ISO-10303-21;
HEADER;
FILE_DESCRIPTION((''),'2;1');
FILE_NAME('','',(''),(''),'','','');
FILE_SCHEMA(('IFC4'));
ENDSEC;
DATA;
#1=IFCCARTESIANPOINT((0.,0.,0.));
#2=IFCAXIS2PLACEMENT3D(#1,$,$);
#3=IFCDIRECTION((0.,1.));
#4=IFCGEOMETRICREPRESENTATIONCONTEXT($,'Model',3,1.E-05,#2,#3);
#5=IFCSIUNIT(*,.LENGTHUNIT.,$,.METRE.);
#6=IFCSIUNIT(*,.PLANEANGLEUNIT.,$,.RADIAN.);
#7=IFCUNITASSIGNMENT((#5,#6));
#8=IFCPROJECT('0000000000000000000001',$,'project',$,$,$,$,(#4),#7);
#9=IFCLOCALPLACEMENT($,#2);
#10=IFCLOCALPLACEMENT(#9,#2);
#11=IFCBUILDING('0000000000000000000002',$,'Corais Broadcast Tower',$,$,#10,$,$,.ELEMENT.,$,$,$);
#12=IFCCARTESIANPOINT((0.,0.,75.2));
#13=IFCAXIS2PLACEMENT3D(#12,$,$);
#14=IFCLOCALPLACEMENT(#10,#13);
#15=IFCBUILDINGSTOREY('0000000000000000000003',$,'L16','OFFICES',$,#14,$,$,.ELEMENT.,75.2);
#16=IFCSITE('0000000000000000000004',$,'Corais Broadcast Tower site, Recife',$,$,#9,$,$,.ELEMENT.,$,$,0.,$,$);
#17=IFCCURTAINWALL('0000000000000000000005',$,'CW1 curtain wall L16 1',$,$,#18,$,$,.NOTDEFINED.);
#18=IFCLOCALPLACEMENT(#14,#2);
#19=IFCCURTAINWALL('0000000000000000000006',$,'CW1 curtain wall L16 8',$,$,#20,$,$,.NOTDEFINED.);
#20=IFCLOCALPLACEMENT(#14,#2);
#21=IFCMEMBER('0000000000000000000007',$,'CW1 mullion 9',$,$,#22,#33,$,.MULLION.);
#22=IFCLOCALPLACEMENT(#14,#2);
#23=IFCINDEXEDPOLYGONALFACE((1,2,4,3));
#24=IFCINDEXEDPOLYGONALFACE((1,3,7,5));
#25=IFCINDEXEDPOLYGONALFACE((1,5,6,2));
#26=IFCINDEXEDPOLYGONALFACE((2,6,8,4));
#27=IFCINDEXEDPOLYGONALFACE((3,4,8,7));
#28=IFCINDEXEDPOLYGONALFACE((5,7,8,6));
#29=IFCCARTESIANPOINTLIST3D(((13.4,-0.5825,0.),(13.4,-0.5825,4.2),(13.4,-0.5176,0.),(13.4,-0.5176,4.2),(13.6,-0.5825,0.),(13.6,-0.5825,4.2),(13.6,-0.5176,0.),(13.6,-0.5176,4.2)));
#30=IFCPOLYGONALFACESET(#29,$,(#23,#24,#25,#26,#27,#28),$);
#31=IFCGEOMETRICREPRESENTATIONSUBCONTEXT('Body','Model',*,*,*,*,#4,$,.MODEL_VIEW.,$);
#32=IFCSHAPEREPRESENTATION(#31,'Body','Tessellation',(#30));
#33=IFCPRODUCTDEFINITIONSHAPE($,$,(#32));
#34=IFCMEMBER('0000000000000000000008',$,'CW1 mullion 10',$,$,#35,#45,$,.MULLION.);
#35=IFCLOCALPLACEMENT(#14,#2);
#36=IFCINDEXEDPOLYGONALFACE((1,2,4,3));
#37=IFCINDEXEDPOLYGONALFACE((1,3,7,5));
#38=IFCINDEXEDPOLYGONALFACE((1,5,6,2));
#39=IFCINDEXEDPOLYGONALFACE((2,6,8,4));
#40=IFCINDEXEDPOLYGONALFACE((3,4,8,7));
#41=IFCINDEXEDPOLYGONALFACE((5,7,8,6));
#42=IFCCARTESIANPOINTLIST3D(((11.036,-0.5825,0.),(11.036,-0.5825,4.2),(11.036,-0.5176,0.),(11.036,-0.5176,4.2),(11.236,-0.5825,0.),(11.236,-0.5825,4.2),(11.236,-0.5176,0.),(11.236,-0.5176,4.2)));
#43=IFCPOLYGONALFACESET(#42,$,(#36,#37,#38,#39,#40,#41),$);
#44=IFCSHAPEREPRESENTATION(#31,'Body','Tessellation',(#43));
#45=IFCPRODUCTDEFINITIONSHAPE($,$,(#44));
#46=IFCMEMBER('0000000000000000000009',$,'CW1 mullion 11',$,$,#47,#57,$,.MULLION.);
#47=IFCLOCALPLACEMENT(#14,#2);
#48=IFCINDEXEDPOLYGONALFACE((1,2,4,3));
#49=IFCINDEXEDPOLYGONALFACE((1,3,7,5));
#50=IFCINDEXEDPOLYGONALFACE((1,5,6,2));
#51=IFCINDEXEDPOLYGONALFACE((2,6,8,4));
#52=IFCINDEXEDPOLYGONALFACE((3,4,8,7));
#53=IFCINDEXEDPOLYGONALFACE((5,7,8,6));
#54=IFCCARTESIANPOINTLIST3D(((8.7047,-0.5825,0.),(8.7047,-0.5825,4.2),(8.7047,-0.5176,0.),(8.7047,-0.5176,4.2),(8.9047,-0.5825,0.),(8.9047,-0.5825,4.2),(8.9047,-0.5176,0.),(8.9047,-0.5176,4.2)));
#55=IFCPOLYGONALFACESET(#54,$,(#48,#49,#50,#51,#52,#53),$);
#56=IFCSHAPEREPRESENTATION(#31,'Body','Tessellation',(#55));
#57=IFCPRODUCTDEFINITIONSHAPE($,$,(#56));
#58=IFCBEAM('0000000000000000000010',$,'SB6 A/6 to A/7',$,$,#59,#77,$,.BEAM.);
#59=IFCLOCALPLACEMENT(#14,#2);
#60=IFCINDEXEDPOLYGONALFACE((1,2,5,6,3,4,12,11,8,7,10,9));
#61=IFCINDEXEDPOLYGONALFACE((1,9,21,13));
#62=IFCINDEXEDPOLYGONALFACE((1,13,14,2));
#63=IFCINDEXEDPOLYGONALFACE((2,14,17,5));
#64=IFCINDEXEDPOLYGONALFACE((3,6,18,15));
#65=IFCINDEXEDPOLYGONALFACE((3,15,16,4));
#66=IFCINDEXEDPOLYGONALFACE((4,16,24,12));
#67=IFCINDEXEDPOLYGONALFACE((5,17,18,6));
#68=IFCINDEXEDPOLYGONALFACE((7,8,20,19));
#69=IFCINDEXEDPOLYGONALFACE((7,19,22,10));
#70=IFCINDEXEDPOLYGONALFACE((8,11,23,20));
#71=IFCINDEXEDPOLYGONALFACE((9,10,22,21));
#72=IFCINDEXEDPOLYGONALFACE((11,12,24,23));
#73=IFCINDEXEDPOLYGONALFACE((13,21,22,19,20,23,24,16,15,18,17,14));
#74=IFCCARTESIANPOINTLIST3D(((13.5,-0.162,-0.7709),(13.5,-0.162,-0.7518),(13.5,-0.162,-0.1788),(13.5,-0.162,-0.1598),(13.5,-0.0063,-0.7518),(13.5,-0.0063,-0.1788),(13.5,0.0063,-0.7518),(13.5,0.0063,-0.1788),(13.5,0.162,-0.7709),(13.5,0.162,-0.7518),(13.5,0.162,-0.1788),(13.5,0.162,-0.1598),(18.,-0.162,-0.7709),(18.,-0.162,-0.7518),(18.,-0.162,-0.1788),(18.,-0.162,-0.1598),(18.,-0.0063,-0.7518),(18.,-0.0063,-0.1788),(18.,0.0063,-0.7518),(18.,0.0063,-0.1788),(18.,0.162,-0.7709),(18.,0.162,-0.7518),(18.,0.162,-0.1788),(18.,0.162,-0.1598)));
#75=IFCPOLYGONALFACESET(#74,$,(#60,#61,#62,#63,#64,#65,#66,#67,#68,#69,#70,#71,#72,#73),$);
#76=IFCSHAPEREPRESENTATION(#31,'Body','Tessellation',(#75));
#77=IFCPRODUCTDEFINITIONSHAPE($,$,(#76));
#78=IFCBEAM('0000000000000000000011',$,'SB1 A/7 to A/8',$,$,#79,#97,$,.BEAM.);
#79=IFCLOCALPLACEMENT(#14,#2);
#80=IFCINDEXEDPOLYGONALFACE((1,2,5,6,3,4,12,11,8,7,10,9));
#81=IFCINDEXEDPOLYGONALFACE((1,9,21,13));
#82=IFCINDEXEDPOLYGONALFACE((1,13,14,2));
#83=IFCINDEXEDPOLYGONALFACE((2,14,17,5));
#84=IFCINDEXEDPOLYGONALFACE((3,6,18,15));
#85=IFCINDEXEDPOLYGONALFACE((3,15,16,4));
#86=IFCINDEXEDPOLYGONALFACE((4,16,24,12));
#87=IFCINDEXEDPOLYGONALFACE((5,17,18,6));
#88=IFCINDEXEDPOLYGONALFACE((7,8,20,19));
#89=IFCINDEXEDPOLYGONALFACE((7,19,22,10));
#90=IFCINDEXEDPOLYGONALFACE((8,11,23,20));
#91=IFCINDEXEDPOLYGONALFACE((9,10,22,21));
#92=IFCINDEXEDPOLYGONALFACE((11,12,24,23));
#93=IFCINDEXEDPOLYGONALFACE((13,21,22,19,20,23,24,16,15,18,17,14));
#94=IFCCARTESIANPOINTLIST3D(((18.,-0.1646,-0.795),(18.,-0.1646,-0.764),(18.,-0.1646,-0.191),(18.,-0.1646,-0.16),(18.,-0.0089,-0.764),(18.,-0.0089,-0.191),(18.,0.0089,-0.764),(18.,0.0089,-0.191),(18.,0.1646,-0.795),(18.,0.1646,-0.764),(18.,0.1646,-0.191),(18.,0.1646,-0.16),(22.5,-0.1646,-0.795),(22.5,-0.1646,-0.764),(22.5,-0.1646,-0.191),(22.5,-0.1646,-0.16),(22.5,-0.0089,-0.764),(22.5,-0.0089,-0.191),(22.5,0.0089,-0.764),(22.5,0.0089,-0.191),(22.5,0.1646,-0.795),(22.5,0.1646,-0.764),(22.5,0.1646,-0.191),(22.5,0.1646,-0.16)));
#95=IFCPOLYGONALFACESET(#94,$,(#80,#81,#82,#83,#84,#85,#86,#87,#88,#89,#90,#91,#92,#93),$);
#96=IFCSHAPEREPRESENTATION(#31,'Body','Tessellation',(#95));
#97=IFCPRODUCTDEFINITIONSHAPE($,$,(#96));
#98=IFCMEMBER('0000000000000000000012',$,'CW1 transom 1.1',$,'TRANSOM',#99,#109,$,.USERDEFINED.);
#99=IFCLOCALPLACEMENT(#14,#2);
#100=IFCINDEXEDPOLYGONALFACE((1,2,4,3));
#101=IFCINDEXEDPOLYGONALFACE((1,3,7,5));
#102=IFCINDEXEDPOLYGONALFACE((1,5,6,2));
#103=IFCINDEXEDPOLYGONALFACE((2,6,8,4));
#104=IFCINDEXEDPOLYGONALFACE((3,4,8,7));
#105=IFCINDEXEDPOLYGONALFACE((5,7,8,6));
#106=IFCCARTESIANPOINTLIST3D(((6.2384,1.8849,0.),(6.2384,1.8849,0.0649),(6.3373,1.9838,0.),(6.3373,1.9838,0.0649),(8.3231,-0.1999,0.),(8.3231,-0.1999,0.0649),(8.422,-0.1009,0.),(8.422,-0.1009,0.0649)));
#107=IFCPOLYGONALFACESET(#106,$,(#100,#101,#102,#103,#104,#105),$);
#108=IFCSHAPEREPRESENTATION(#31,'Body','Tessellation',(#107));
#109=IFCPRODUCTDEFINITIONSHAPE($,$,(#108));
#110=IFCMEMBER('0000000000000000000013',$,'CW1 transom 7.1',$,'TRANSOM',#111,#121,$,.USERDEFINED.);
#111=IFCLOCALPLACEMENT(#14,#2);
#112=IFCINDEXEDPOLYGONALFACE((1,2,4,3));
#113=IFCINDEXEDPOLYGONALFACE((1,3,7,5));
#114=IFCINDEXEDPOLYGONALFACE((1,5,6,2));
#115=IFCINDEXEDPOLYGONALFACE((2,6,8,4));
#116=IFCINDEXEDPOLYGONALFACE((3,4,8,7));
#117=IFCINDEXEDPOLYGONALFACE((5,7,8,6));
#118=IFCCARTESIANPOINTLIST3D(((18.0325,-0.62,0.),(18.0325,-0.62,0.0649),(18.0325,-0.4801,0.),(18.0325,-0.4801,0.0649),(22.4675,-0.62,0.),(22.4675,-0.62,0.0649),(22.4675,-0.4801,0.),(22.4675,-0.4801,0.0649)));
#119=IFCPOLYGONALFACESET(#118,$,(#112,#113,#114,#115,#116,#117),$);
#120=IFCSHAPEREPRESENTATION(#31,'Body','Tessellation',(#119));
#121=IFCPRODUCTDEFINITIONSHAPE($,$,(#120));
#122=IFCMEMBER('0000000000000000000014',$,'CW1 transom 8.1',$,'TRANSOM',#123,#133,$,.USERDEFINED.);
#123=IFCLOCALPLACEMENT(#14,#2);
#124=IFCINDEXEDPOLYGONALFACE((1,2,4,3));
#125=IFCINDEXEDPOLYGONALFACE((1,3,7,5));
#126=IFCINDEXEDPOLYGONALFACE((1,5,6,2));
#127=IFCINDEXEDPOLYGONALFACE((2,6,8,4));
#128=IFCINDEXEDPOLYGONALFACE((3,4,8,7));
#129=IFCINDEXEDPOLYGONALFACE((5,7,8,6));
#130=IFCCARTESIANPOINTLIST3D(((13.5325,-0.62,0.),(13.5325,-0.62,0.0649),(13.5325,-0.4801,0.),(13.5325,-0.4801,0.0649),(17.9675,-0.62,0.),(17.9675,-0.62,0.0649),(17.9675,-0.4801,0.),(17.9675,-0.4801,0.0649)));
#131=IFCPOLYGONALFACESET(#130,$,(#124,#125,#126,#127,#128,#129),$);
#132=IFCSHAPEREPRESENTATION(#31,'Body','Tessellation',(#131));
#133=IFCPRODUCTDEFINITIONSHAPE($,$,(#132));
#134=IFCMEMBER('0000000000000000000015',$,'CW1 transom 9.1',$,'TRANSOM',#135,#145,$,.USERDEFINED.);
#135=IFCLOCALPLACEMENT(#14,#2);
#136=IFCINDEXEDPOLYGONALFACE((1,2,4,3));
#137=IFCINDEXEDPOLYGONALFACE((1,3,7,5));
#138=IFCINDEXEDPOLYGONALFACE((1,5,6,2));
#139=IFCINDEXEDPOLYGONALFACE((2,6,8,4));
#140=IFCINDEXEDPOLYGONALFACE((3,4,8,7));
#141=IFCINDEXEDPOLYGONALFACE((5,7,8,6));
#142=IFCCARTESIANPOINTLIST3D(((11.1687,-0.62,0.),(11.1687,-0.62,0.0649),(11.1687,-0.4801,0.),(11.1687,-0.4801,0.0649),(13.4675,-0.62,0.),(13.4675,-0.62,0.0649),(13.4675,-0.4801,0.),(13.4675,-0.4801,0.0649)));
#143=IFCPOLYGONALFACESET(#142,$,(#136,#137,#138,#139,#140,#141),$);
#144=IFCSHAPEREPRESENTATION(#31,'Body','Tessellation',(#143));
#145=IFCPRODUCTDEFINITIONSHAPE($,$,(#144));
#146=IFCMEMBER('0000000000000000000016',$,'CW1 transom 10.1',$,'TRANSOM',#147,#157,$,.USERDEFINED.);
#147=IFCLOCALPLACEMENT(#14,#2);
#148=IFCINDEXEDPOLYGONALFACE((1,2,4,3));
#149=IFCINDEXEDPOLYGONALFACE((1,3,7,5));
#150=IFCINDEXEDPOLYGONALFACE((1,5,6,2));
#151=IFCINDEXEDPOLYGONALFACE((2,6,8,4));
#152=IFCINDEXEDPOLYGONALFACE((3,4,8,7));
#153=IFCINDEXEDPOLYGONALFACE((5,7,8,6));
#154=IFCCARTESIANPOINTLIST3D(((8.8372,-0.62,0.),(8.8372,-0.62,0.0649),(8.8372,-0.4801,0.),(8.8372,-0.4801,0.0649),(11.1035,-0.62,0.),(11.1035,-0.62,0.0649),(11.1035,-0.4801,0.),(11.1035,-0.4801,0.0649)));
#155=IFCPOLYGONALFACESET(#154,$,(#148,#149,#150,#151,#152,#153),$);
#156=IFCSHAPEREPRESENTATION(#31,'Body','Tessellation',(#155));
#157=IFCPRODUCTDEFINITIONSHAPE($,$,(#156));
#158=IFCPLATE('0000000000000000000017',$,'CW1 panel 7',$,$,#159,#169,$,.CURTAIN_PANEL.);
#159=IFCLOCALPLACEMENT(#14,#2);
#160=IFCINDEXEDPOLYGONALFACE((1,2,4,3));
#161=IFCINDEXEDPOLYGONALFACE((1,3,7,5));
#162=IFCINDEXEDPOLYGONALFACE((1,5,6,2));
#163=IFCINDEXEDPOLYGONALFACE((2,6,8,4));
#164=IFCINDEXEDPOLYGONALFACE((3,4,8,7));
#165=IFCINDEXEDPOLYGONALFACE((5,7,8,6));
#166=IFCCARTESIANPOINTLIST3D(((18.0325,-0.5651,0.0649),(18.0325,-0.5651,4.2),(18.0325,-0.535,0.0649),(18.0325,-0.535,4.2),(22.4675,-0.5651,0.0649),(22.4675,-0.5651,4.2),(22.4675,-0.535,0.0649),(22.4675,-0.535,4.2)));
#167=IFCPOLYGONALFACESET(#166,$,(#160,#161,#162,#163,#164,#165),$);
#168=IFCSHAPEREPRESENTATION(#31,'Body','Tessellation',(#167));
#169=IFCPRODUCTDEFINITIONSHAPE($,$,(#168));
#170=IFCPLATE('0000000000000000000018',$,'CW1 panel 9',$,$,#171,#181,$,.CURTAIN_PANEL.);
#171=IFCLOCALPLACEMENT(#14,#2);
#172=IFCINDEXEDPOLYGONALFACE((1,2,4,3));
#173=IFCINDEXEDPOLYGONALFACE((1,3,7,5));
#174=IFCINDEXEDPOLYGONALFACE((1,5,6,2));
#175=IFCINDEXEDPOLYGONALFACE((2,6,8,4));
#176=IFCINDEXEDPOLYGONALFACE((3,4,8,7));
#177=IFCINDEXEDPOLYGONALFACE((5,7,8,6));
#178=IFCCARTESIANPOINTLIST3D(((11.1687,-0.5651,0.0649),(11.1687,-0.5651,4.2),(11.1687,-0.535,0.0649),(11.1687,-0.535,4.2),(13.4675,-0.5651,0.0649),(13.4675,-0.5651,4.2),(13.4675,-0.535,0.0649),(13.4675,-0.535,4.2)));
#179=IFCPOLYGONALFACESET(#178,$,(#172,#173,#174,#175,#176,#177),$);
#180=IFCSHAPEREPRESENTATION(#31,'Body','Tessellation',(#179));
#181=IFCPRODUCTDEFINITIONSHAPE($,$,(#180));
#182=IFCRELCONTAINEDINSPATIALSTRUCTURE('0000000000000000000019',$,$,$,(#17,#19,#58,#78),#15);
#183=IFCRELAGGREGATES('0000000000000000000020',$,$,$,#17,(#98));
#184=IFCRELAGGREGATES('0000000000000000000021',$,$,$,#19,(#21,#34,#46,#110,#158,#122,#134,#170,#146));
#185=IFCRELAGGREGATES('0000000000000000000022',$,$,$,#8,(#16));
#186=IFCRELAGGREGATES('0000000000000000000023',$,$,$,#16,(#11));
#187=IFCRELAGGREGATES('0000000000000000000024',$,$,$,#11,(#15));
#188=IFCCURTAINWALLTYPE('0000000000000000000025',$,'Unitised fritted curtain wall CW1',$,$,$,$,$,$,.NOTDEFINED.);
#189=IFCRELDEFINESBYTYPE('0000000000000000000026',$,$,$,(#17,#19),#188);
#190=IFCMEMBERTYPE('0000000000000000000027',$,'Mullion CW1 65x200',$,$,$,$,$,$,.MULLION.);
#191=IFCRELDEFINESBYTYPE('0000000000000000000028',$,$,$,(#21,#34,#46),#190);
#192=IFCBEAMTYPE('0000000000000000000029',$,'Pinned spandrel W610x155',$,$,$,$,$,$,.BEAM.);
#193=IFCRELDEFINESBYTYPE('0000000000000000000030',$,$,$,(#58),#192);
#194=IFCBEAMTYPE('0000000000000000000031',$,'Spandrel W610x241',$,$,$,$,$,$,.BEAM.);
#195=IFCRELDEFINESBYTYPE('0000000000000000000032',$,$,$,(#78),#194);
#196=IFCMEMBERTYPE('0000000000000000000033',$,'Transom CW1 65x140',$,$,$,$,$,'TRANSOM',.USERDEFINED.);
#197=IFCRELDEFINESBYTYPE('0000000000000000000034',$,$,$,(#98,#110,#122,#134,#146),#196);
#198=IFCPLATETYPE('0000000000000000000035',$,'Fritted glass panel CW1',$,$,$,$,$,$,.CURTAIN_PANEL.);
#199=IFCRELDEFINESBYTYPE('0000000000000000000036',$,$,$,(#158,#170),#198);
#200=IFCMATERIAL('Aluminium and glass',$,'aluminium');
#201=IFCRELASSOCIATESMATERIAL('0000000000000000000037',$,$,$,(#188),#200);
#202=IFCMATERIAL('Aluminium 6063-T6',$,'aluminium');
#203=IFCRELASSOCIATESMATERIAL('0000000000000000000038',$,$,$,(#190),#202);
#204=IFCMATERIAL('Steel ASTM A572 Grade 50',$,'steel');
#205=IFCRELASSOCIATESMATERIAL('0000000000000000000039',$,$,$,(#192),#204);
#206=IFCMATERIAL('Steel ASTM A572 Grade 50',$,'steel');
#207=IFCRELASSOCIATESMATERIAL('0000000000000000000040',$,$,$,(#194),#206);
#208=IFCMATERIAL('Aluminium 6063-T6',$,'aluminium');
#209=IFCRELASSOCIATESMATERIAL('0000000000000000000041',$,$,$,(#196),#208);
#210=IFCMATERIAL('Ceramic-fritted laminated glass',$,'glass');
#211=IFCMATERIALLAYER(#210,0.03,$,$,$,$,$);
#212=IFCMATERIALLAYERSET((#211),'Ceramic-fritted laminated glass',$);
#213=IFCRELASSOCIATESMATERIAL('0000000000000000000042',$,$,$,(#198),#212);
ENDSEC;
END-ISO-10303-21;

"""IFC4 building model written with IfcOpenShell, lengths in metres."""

from ifc_helpers import new_model, si_unit, direction, frame, origin, origin_2d, place, context, subcontext, project, spatial, rectangle, i_section, extrude, material, layer, layer_set, material_profile, profile_set, type_object, element, aggregate, save


model = new_model("IFC4")

# Units and contexts
model_context = context("Model", 3, precision=1e-05, world=origin(), true_north=direction((0.0, 1.0)))
body_context = subcontext(model_context, "Body", "Model", "MODEL_VIEW")
ifc_project = project(units=[si_unit("LENGTHUNIT", "METRE"), si_unit("PLANEANGLEUNIT", "RADIAN")], contexts=[model_context])

# Site, building, storey
site_placement = place(None, origin())
site = spatial("IfcSite", under=ifc_project, at=site_placement, Name="Corais Broadcast Tower site, Recife", CompositionType="ELEMENT", RefElevation=0.0)
building_placement = place(site_placement, origin())
building = spatial("IfcBuilding", under=site, at=building_placement, Name="Corais Broadcast Tower", CompositionType="ELEMENT")
storey_placement = place(building_placement, frame((0.0, 0.0, 75.2)))
storey = spatial("IfcBuildingStorey", under=building, at=storey_placement, Name="L16", Description="OFFICES", CompositionType="ELEMENT", Elevation=75.2)

# Curtain wall
ifc_material_1 = material(Name="Aluminium and glass", Category="aluminium")
curtain_wall_type = type_object("IfcCurtainWallType", Name="Unitised fritted curtain wall CW1", PredefinedType="NOTDEFINED", material=ifc_material_1)
curtain_wall_1_placement = place(storey_placement, origin())
curtain_wall_1 = element("IfcCurtainWall", 1, at=curtain_wall_1_placement, inside=storey, type_object=curtain_wall_type, Name="CW1 curtain wall L16 1", PredefinedType="NOTDEFINED")
ifc_material_2 = material(Name="Aluminium 6063-T6", Category="aluminium")
ifc_material_profile_1 = material_profile(ifc_material_2, rectangle(XDim=0.0649, YDim=0.2, at=origin_2d()), Name="Mullion CW1 65x200")
ifc_profile_set_1 = profile_set([ifc_material_profile_1], Name="Aluminium 6063-T6")
member_type_1 = type_object("IfcMemberType", Name="Mullion CW1 65x200", PredefinedType="MULLION", material=ifc_profile_set_1)

# Curtain wall, members
curtain_wall_2_placement = place(storey_placement, origin())
curtain_wall_2 = element("IfcCurtainWall", 2, at=curtain_wall_2_placement, inside=storey, type_object=curtain_wall_type, Name="CW1 curtain wall L16 8", PredefinedType="NOTDEFINED")
member_1_placement = place(storey_placement, frame((13.5, -0.55, 0.0), z_axis=(0.0, 0.0, 1.0), x_axis=(0.0, -1.0, 0.0)))
member_1 = element("IfcMember", 3, at=member_1_placement, type_object=member_type_1, Name="CW1 mullion 9", PredefinedType="MULLION", context=body_context, shape_type="SweptSolid", body=[
    extrude(rectangle(XDim=0.0649, YDim=0.2, at=origin_2d()), origin(), (0.0, 0.0, 1.0), 4.2),
])
member_2_placement = place(storey_placement, frame((11.136, -0.55, 0.0), z_axis=(0.0, 0.0, 1.0), x_axis=(0.0, -1.0, 0.0)))
member_2 = element("IfcMember", 4, at=member_2_placement, type_object=member_type_1, Name="CW1 mullion 10", PredefinedType="MULLION", context=body_context, shape_type="SweptSolid", body=[
    extrude(rectangle(XDim=0.0649, YDim=0.2, at=origin_2d()), origin(), (0.0, 0.0, 1.0), 4.2),
])
member_3_placement = place(storey_placement, frame((8.8047, -0.55, 0.0), z_axis=(0.0, 0.0, 1.0), x_axis=(0.0, -1.0, 0.0)))
member_3 = element("IfcMember", 5, at=member_3_placement, type_object=member_type_1, Name="CW1 mullion 11", PredefinedType="MULLION", context=body_context, shape_type="SweptSolid", body=[
    extrude(rectangle(XDim=0.0649, YDim=0.2, at=origin_2d()), origin(), (0.0, 0.0, 1.0), 4.2),
])

# Beams
ifc_material_3 = material(Name="Steel ASTM A572 Grade 50", Category="steel")
ifc_material_profile_2 = material_profile(ifc_material_3, i_section(OverallWidth=0.324, OverallDepth=0.6111, WebThickness=0.0127, FlangeThickness=0.019, at=origin_2d()), Name="W610x155")
ifc_profile_set_2 = profile_set([ifc_material_profile_2], Name="Steel ASTM A572 Grade 50")
beam_type_1 = type_object("IfcBeamType", Name="Pinned spandrel W610x155", PredefinedType="BEAM", material=ifc_profile_set_2)
beam_1_placement = place(storey_placement, frame((13.5, 0.0, -0.4653), z_axis=(1.0, 0.0, 0.0), x_axis=(0.0, 1.0, 0.0)))
element("IfcBeam", 6, at=beam_1_placement, inside=storey, type_object=beam_type_1, Name="SB6 A/6 to A/7", PredefinedType="BEAM", context=body_context, shape_type="SweptSolid", body=[
    extrude(i_section(OverallWidth=0.324, OverallDepth=0.6111, WebThickness=0.0127, FlangeThickness=0.019, at=origin_2d()), origin(), (0.0, 0.0, 1.0), 4.5),
])
ifc_material_4 = material(Name="Steel ASTM A572 Grade 50", Category="steel")
ifc_material_profile_3 = material_profile(ifc_material_4, i_section(OverallWidth=0.3291, OverallDepth=0.635, WebThickness=0.0178, FlangeThickness=0.031, at=origin_2d()), Name="W610x241")
ifc_profile_set_3 = profile_set([ifc_material_profile_3], Name="Steel ASTM A572 Grade 50")
beam_type_2 = type_object("IfcBeamType", Name="Spandrel W610x241", PredefinedType="BEAM", material=ifc_profile_set_3)
beam_2_placement = place(storey_placement, frame((18.0, 0.0, -0.4775), z_axis=(1.0, 0.0, 0.0), x_axis=(0.0, 1.0, 0.0)))
element("IfcBeam", 7, at=beam_2_placement, inside=storey, type_object=beam_type_2, Name="SB1 A/7 to A/8", PredefinedType="BEAM", context=body_context, shape_type="SweptSolid", body=[
    extrude(i_section(OverallWidth=0.3291, OverallDepth=0.635, WebThickness=0.0178, FlangeThickness=0.031, at=origin_2d()), origin(), (0.0, 0.0, 1.0), 4.5),
])

# Members
ifc_material_5 = material(Name="Aluminium 6063-T6", Category="aluminium")
ifc_material_profile_4 = material_profile(ifc_material_5, rectangle(XDim=0.1399, YDim=0.0649, at=origin_2d()), Name="Transom CW1 65x140")
ifc_profile_set_4 = profile_set([ifc_material_profile_4], Name="Aluminium 6063-T6")
member_type_2 = type_object("IfcMemberType", Name="Transom CW1 65x140", ElementType="TRANSOM", PredefinedType="USERDEFINED", material=ifc_profile_set_4)
member_4_placement = place(storey_placement, frame((8.3726, -0.1504, 0.0325), z_axis=(-0.707107, 0.707107, 0.0), x_axis=(-0.707107, -0.707107, 0.0)))
member_4 = element("IfcMember", 8, at=member_4_placement, type_object=member_type_2, Name="CW1 transom 1.1", ObjectType="TRANSOM", PredefinedType="USERDEFINED", context=body_context, shape_type="SweptSolid", body=[
    extrude(rectangle(XDim=0.1399, YDim=0.0649, at=origin_2d()), origin(), (0.0, 0.0, 1.0), 2.9482),
])
aggregate(curtain_wall_1, [member_4])
member_5_placement = place(storey_placement, frame((22.4675, -0.55, 0.0325), z_axis=(-1.0, 0.0, 0.0), x_axis=(0.0, -1.0, 0.0)))
member_5 = element("IfcMember", 9, at=member_5_placement, type_object=member_type_2, Name="CW1 transom 7.1", ObjectType="TRANSOM", PredefinedType="USERDEFINED", context=body_context, shape_type="SweptSolid", body=[
    extrude(rectangle(XDim=0.1399, YDim=0.0649, at=origin_2d()), origin(), (0.0, 0.0, 1.0), 4.4351),
])
member_6_placement = place(storey_placement, frame((17.9675, -0.55, 0.0325), z_axis=(-1.0, 0.0, 0.0), x_axis=(0.0, -1.0, 0.0)))
member_6 = element("IfcMember", 10, at=member_6_placement, type_object=member_type_2, Name="CW1 transom 8.1", ObjectType="TRANSOM", PredefinedType="USERDEFINED", context=body_context, shape_type="SweptSolid", body=[
    extrude(rectangle(XDim=0.1399, YDim=0.0649, at=origin_2d()), origin(), (0.0, 0.0, 1.0), 4.4351),
])
member_7_placement = place(storey_placement, frame((13.4675, -0.55, 0.0325), z_axis=(-1.0, 0.0, 0.0), x_axis=(0.0, -1.0, 0.0)))
member_7 = element("IfcMember", 11, at=member_7_placement, type_object=member_type_2, Name="CW1 transom 9.1", ObjectType="TRANSOM", PredefinedType="USERDEFINED", context=body_context, shape_type="SweptSolid", body=[
    extrude(rectangle(XDim=0.1399, YDim=0.0649, at=origin_2d()), origin(), (0.0, 0.0, 1.0), 2.2988),
])
member_8_placement = place(storey_placement, frame((11.1035, -0.55, 0.0325), z_axis=(-1.0, 0.0, 0.0), x_axis=(0.0, -1.0, 0.0)))
member_8 = element("IfcMember", 12, at=member_8_placement, type_object=member_type_2, Name="CW1 transom 10.1", ObjectType="TRANSOM", PredefinedType="USERDEFINED", context=body_context, shape_type="SweptSolid", body=[
    extrude(rectangle(XDim=0.1399, YDim=0.0649, at=origin_2d()), origin(), (0.0, 0.0, 1.0), 2.2664),
])

# Plates
ifc_material_6 = material(Name="Ceramic-fritted laminated glass", Category="glass")
ifc_layer_1 = layer(ifc_material_6, 0.03)
ifc_layer_set_1 = layer_set([ifc_layer_1], Name="Ceramic-fritted laminated glass")
plate_type_1 = type_object("IfcPlateType", Name="Fritted glass panel CW1", PredefinedType="CURTAIN_PANEL", material=ifc_layer_set_1)
plate_1_placement = place(storey_placement, frame((20.25, -0.55, 0.0649), z_axis=(0.0, 0.0, 1.0), x_axis=(-1.0, 0.0, 0.0)))
plate_1 = element("IfcPlate", 13, at=plate_1_placement, type_object=plate_type_1, Name="CW1 panel 7", PredefinedType="CURTAIN_PANEL", context=body_context, shape_type="SweptSolid", body=[
    extrude(rectangle(XDim=4.4351, YDim=0.03, at=origin_2d()), origin(), (0.0, 0.0, 1.0), 4.135),
])
plate_2_placement = place(storey_placement, frame((12.3181, -0.55, 0.0649), z_axis=(0.0, 0.0, 1.0), x_axis=(-1.0, 0.0, 0.0)))
plate_2 = element("IfcPlate", 14, at=plate_2_placement, type_object=plate_type_1, Name="CW1 panel 9", PredefinedType="CURTAIN_PANEL", context=body_context, shape_type="SweptSolid", body=[
    extrude(rectangle(XDim=2.2988, YDim=0.03, at=origin_2d()), origin(), (0.0, 0.0, 1.0), 4.135),
])
aggregate(curtain_wall_2, [member_1, member_2, member_3, member_5, plate_1, member_6, member_7, plate_2, member_8])

save(model, "model.ifc")
